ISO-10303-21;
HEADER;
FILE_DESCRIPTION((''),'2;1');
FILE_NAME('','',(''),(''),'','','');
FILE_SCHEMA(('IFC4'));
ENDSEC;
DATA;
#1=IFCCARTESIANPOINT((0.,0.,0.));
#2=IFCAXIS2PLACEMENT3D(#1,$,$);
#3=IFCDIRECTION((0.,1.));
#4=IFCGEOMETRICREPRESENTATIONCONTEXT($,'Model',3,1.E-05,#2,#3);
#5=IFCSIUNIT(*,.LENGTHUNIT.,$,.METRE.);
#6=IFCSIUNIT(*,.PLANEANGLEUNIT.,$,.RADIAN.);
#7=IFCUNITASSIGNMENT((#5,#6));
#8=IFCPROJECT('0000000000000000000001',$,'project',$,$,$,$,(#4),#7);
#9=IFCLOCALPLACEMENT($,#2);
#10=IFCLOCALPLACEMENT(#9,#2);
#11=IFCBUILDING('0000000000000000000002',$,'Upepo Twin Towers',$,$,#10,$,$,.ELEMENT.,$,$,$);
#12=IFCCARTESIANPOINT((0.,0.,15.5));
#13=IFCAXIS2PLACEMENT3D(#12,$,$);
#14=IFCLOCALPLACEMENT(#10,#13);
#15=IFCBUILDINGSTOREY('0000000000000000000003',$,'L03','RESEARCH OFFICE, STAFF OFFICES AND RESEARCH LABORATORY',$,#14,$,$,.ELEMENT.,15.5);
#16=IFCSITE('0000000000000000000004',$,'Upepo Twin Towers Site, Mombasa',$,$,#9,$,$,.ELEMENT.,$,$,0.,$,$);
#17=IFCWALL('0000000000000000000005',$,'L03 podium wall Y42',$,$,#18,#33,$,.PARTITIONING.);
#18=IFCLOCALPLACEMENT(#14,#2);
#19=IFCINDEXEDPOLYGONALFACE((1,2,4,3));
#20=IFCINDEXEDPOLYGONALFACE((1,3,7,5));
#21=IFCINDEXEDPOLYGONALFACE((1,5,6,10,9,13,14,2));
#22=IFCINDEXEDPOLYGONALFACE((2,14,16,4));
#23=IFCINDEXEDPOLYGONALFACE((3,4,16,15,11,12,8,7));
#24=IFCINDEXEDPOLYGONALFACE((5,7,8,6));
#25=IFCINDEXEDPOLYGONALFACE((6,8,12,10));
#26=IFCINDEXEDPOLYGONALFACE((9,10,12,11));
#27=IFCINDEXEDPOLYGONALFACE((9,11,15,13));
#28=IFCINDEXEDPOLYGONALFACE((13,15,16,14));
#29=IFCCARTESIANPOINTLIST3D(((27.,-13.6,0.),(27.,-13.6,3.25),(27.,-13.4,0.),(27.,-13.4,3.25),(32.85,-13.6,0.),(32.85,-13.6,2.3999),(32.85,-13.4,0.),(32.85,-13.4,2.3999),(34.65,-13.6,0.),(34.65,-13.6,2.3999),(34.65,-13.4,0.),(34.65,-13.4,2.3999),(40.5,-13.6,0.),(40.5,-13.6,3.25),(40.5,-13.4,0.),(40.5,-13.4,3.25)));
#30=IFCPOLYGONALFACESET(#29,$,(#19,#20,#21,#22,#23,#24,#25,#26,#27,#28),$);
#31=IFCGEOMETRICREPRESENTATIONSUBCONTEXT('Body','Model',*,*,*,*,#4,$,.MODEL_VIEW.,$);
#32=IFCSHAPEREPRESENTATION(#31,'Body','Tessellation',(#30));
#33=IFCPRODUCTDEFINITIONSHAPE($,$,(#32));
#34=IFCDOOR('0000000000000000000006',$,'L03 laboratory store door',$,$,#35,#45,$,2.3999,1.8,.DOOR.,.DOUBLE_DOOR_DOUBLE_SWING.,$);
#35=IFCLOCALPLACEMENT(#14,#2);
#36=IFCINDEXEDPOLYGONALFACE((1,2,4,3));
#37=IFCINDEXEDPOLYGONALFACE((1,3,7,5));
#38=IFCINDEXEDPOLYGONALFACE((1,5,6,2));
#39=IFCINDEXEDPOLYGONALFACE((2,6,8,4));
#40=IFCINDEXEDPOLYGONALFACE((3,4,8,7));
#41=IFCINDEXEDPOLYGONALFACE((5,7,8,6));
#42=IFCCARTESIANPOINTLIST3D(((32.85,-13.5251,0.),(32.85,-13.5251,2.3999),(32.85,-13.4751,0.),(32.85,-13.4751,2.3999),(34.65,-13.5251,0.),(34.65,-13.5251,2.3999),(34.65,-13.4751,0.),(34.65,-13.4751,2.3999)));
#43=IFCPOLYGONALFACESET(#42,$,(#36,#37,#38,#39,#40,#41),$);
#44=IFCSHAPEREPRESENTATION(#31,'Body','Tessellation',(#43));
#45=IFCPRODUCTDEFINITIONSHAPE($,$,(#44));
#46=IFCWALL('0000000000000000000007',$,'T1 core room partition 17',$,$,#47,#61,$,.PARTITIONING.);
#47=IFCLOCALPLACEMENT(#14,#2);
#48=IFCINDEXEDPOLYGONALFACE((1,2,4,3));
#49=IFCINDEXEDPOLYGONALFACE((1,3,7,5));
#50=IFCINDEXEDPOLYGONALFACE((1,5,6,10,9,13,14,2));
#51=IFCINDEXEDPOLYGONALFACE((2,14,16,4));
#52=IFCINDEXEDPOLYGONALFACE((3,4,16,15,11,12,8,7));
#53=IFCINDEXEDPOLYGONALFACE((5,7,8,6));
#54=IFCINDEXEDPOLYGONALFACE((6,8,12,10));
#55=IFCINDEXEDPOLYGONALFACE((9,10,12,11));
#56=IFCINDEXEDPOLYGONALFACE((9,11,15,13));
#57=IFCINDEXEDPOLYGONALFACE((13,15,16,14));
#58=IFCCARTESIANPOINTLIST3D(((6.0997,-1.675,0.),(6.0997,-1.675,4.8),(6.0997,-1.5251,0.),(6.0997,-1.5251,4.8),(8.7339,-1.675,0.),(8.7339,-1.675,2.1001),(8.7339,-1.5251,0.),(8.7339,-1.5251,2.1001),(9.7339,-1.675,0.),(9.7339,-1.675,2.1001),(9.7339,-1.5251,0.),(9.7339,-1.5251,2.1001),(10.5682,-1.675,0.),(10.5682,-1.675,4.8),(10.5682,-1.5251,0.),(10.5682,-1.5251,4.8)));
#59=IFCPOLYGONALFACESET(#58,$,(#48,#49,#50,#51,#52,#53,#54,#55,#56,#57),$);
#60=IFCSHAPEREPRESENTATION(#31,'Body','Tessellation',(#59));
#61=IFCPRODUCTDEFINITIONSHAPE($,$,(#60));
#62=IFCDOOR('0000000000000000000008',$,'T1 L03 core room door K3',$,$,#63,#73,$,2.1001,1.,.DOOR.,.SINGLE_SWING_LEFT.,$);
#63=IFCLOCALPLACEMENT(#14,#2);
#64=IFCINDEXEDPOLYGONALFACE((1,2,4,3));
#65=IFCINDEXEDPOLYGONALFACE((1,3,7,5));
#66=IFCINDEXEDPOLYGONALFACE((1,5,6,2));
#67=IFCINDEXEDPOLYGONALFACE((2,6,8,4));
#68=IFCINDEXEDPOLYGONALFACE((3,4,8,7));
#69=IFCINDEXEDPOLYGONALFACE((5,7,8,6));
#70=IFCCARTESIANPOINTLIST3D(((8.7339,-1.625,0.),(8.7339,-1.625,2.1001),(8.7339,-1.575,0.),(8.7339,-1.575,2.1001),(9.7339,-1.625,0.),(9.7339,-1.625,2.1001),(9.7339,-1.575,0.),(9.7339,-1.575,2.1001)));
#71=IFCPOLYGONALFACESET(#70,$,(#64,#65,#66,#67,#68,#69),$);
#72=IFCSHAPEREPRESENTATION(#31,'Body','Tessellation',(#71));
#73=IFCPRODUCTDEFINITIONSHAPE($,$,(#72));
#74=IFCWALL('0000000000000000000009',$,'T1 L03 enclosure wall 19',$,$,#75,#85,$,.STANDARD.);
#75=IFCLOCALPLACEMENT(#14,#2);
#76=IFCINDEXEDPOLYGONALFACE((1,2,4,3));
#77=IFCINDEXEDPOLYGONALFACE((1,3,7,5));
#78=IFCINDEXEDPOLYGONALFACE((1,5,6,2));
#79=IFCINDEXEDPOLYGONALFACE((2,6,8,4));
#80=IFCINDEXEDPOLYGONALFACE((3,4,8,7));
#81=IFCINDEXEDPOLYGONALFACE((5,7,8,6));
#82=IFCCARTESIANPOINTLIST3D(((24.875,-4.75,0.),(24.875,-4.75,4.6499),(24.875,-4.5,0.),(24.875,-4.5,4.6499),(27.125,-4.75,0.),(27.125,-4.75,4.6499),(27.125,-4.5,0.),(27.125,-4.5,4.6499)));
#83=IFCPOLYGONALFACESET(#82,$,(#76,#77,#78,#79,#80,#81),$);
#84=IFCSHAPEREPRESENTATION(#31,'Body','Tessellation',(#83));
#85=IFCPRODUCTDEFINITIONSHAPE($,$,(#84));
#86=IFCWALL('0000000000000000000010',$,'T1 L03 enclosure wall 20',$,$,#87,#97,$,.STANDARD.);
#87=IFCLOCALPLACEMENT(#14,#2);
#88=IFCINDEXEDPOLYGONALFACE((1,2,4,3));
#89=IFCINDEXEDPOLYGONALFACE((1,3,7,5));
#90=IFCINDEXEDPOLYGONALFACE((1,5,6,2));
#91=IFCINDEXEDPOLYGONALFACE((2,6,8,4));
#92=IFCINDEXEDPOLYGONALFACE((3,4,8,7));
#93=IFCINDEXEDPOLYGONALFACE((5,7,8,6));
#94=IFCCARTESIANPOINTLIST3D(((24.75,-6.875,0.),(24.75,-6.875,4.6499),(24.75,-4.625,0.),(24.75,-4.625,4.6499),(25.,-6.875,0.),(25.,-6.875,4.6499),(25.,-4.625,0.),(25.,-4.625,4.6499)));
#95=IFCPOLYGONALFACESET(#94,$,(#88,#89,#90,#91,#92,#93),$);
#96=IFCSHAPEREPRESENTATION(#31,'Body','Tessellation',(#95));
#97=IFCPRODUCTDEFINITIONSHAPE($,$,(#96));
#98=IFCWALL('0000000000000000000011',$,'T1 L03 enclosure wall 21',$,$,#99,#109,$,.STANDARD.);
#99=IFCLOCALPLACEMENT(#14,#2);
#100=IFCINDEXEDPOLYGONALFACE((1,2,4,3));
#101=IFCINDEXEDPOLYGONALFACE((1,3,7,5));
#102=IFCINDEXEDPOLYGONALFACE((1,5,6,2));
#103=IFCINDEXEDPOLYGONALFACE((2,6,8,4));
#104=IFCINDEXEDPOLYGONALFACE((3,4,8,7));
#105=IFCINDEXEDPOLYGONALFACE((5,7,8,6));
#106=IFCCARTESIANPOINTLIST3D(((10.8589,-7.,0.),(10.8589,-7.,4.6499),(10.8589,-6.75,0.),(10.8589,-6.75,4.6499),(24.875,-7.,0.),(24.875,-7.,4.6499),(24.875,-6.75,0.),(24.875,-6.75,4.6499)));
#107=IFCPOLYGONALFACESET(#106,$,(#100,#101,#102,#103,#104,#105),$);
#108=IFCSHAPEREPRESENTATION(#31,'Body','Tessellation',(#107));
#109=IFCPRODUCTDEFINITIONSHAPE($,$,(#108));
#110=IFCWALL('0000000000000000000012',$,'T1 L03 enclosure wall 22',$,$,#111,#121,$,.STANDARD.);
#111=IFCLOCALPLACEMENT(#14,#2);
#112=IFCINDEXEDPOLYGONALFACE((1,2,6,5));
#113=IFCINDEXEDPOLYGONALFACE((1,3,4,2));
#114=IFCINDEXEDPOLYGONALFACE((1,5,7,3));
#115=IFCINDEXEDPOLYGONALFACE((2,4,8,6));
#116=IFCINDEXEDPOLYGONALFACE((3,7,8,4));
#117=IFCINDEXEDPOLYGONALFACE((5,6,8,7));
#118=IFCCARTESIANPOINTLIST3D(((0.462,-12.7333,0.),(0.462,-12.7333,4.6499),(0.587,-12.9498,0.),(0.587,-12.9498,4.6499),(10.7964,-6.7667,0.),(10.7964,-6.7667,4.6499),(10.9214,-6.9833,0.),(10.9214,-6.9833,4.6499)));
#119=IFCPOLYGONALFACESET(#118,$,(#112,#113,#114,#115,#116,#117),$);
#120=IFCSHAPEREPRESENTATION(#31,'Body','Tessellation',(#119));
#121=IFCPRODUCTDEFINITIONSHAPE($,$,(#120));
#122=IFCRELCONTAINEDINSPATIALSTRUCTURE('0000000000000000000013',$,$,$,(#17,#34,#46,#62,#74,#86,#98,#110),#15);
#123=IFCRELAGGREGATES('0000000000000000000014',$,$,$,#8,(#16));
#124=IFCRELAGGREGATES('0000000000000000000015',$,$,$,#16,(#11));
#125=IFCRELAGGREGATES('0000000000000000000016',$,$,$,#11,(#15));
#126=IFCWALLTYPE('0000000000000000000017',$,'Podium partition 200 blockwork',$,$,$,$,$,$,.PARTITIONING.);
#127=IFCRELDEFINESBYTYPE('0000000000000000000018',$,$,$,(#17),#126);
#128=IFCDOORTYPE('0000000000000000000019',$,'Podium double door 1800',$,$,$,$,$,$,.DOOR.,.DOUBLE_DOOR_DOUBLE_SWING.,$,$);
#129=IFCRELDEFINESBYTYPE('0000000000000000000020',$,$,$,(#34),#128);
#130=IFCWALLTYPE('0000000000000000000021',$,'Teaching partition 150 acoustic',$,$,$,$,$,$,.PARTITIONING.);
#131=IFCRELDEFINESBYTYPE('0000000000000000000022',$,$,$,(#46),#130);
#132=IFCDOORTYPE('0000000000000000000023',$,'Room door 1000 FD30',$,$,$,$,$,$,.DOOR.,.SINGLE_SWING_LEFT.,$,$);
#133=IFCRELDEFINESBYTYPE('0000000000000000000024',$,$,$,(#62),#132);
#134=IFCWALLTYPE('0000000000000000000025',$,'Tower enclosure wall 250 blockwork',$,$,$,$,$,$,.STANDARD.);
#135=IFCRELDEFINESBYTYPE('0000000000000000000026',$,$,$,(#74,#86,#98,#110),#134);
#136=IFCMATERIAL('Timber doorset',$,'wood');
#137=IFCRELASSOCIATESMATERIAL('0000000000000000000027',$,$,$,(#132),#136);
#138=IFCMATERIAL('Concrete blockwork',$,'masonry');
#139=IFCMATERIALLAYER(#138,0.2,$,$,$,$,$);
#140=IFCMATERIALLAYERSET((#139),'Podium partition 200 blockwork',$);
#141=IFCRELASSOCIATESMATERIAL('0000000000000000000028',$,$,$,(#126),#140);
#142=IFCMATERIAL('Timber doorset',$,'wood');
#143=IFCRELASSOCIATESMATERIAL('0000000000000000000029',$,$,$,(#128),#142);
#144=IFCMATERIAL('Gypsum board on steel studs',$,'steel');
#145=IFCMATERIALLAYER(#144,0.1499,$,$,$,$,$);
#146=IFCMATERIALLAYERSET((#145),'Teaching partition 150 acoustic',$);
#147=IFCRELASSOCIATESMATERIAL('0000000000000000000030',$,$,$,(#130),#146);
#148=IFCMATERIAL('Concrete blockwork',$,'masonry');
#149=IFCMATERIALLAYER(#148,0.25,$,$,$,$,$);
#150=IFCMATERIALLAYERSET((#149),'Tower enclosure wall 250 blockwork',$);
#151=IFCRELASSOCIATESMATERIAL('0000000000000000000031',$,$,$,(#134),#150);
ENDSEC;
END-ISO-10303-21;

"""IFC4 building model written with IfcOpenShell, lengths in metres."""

from ifc_helpers import new_model, si_unit, direction, frame, frame_2d, origin, place, context, subcontext, project, spatial, rectangle, extrude, material, layer, layer_set, type_object, element, fill, save


model = new_model("IFC4")

# Units and contexts
model_context = context("Model", 3, precision=1e-05, world=origin(), true_north=direction((0.0, 1.0)))
body_context = subcontext(model_context, "Body", "Model", "MODEL_VIEW")
ifc_project = project(units=[si_unit("LENGTHUNIT", "METRE"), si_unit("PLANEANGLEUNIT", "RADIAN")], contexts=[model_context])

# Site, building, storey
site_placement = place(None, origin())
site = spatial("IfcSite", under=ifc_project, at=site_placement, Name="Upepo Twin Towers Site, Mombasa", CompositionType="ELEMENT", RefElevation=0.0)
building_placement = place(site_placement, origin())
building = spatial("IfcBuilding", under=site, at=building_placement, Name="Upepo Twin Towers", CompositionType="ELEMENT")
storey_placement = place(building_placement, frame((0.0, 0.0, 15.5)))
storey = spatial("IfcBuildingStorey", under=building, at=storey_placement, Name="L03", Description="RESEARCH OFFICE, STAFF OFFICES AND RESEARCH LABORATORY", CompositionType="ELEMENT", Elevation=15.5)

# Shared definitions
ifc_material_1 = material(Name="Timber doorset", Category="wood")
door_type_1 = type_object("IfcDoorType", Name="Room door 1000 FD30", OperationType="SINGLE_SWING_LEFT", PredefinedType="DOOR", material=ifc_material_1)

# Shared definitions
ifc_material_2 = material(Name="Concrete blockwork", Category="masonry")
ifc_layer_1 = layer(ifc_material_2, 0.2)
ifc_layer_set_1 = layer_set([ifc_layer_1], Name="Podium partition 200 blockwork")
wall_type_1 = type_object("IfcWallType", Name="Podium partition 200 blockwork", PredefinedType="PARTITIONING", material=ifc_layer_set_1)
ifc_material_3 = material(Name="Timber doorset", Category="wood")
door_type_2 = type_object("IfcDoorType", Name="Podium double door 1800", OperationType="DOUBLE_DOOR_DOUBLE_SWING", PredefinedType="DOOR", material=ifc_material_3)

# Walls, openings, doors
wall_1_placement = place(storey_placement, frame((27.0, -13.5, 0.0), z_axis=(0.0, 0.0, 1.0), x_axis=(1.0, 0.0, 0.0)))
wall_1 = element("IfcWall", 1, at=wall_1_placement, inside=storey, type_object=wall_type_1, Name="L03 podium wall Y42", PredefinedType="PARTITIONING", context=body_context, shape_type="SweptSolid", body=[
    extrude(rectangle(XDim=13.5, YDim=0.2, at=frame_2d((6.75, 0.0))), origin(), (0.0, 0.0, 1.0), 3.25),
])
opening_1_placement = place(wall_1_placement, frame((5.8501, 0.0, 0.0)))
opening_1 = element("IfcOpeningElement", 2, at=opening_1_placement, cuts=wall_1, PredefinedType="OPENING", context=body_context, shape_type="SweptSolid", body=[
    extrude(rectangle(XDim=1.8, YDim=2.3999, at=frame_2d((0.8999, 1.2))), frame((0.0, 0.1099, 0.0), z_axis=(0.0, -1.0, 0.0), x_axis=(1.0, 0.0, 0.0)), (0.0, 0.0, 1.0), 0.22),
])
door_1_placement = place(opening_1_placement, origin())
door_1 = element("IfcDoor", 3, at=door_1_placement, inside=storey, type_object=door_type_2, Name="L03 laboratory store door", OperationType="DOUBLE_DOOR_DOUBLE_SWING", OverallHeight=2.3999, OverallWidth=1.8, PredefinedType="DOOR", context=body_context, shape_type="SweptSolid", body=[
    extrude(rectangle(XDim=1.8, YDim=2.3999, at=frame_2d((0.8999, 1.2))), frame((0.0, 0.0249, 0.0), z_axis=(0.0, -1.0, 0.0), x_axis=(1.0, 0.0, 0.0)), (0.0, 0.0, 1.0), 0.05),
])
fill(opening_1, door_1)
ifc_material_4 = material(Name="Gypsum board on steel studs", Category="steel")
ifc_layer_2 = layer(ifc_material_4, 0.1499)
ifc_layer_set_2 = layer_set([ifc_layer_2], Name="Teaching partition 150 acoustic")
wall_type_2 = type_object("IfcWallType", Name="Teaching partition 150 acoustic", PredefinedType="PARTITIONING", material=ifc_layer_set_2)
wall_2_placement = place(storey_placement, frame((10.5684, -1.6001, 0.0), z_axis=(0.0, 0.0, 1.0), x_axis=(-1.0, 0.0, 0.0)))
wall_2 = element("IfcWall", 4, at=wall_2_placement, inside=storey, type_object=wall_type_2, Name="T1 core room partition 17", PredefinedType="PARTITIONING", context=body_context, shape_type="SweptSolid", body=[
    extrude(rectangle(XDim=4.4685, YDim=0.1499, at=frame_2d((2.2344, 0.0))), origin(), (0.0, 0.0, 1.0), 4.8),
])
opening_2_placement = place(wall_2_placement, frame((0.8345, 0.0, 0.0)))
opening_2 = element("IfcOpeningElement", 5, at=opening_2_placement, cuts=wall_2, PredefinedType="OPENING", context=body_context, shape_type="SweptSolid", body=[
    extrude(rectangle(XDim=1.0, YDim=2.1001, at=frame_2d((0.5, 1.05))), frame((0.0, 0.085, 0.0), z_axis=(0.0, -1.0, 0.0), x_axis=(1.0, 0.0, 0.0)), (0.0, 0.0, 1.0), 0.1699),
])
door_2_placement = place(opening_2_placement, origin())
door_2 = element("IfcDoor", 6, at=door_2_placement, inside=storey, type_object=door_type_1, Name="T1 L03 core room door K3", OperationType="SINGLE_SWING_LEFT", OverallHeight=2.1001, OverallWidth=1.0, PredefinedType="DOOR", context=body_context, shape_type="SweptSolid", body=[
    extrude(rectangle(XDim=1.0, YDim=2.1001, at=frame_2d((0.5, 1.05))), frame((0.0, 0.0249, 0.0), z_axis=(0.0, -1.0, 0.0), x_axis=(1.0, 0.0, 0.0)), (0.0, 0.0, 1.0), 0.05),
])
fill(opening_2, door_2)

# Walls
ifc_material_5 = material(Name="Concrete blockwork", Category="masonry")
ifc_layer_3 = layer(ifc_material_5, 0.25)
ifc_layer_set_3 = layer_set([ifc_layer_3], Name="Tower enclosure wall 250 blockwork")
wall_type_3 = type_object("IfcWallType", Name="Tower enclosure wall 250 blockwork", PredefinedType="STANDARD", material=ifc_layer_set_3)
for number, where, z_axis, x_axis, name in (
    (7, (27.125, -4.625, 0.0), (0.0, 0.0, 1.0), (-1.0, 0.0, 0.0), "T1 L03 enclosure wall 19"),
    (8, (24.875, -4.625, 0.0), (0.0, 0.0, 1.0), (0.0, -1.0, 0.0), "T1 L03 enclosure wall 20"),
):
    element("IfcWall", number, at=place(storey_placement, frame(where, z_axis=z_axis, x_axis=x_axis)), inside=storey, type_object=wall_type_3, Name=name, PredefinedType="STANDARD", context=body_context, shape_type="SweptSolid", body=[
        extrude(rectangle(XDim=2.25, YDim=0.25, at=frame_2d((1.125, 0.0))), origin(), (0.0, 0.0, 1.0), 4.6499),
    ])
wall_3_placement = place(storey_placement, frame((24.875, -6.875, 0.0), z_axis=(0.0, 0.0, 1.0), x_axis=(-1.0, 0.0, 0.0)))
element("IfcWall", 9, at=wall_3_placement, inside=storey, type_object=wall_type_3, Name="T1 L03 enclosure wall 21", PredefinedType="STANDARD", context=body_context, shape_type="SweptSolid", body=[
    extrude(rectangle(XDim=14.0161, YDim=0.25, at=frame_2d((7.0081, 0.0))), origin(), (0.0, 0.0, 1.0), 4.6499),
])
wall_4_placement = place(storey_placement, frame((10.8589, -6.875, 0.0), z_axis=(0.0, 0.0, 1.0), x_axis=(-0.866028, -0.499996, 0.0)))
element("IfcWall", 10, at=wall_4_placement, inside=storey, type_object=wall_type_3, Name="T1 L03 enclosure wall 22", PredefinedType="STANDARD", context=body_context, shape_type="SweptSolid", body=[
    extrude(rectangle(XDim=11.9331, YDim=0.25, at=frame_2d((5.9666, 0.0))), origin(), (0.0, 0.0, 1.0), 4.6499),
])

save(model, "model.ifc")
